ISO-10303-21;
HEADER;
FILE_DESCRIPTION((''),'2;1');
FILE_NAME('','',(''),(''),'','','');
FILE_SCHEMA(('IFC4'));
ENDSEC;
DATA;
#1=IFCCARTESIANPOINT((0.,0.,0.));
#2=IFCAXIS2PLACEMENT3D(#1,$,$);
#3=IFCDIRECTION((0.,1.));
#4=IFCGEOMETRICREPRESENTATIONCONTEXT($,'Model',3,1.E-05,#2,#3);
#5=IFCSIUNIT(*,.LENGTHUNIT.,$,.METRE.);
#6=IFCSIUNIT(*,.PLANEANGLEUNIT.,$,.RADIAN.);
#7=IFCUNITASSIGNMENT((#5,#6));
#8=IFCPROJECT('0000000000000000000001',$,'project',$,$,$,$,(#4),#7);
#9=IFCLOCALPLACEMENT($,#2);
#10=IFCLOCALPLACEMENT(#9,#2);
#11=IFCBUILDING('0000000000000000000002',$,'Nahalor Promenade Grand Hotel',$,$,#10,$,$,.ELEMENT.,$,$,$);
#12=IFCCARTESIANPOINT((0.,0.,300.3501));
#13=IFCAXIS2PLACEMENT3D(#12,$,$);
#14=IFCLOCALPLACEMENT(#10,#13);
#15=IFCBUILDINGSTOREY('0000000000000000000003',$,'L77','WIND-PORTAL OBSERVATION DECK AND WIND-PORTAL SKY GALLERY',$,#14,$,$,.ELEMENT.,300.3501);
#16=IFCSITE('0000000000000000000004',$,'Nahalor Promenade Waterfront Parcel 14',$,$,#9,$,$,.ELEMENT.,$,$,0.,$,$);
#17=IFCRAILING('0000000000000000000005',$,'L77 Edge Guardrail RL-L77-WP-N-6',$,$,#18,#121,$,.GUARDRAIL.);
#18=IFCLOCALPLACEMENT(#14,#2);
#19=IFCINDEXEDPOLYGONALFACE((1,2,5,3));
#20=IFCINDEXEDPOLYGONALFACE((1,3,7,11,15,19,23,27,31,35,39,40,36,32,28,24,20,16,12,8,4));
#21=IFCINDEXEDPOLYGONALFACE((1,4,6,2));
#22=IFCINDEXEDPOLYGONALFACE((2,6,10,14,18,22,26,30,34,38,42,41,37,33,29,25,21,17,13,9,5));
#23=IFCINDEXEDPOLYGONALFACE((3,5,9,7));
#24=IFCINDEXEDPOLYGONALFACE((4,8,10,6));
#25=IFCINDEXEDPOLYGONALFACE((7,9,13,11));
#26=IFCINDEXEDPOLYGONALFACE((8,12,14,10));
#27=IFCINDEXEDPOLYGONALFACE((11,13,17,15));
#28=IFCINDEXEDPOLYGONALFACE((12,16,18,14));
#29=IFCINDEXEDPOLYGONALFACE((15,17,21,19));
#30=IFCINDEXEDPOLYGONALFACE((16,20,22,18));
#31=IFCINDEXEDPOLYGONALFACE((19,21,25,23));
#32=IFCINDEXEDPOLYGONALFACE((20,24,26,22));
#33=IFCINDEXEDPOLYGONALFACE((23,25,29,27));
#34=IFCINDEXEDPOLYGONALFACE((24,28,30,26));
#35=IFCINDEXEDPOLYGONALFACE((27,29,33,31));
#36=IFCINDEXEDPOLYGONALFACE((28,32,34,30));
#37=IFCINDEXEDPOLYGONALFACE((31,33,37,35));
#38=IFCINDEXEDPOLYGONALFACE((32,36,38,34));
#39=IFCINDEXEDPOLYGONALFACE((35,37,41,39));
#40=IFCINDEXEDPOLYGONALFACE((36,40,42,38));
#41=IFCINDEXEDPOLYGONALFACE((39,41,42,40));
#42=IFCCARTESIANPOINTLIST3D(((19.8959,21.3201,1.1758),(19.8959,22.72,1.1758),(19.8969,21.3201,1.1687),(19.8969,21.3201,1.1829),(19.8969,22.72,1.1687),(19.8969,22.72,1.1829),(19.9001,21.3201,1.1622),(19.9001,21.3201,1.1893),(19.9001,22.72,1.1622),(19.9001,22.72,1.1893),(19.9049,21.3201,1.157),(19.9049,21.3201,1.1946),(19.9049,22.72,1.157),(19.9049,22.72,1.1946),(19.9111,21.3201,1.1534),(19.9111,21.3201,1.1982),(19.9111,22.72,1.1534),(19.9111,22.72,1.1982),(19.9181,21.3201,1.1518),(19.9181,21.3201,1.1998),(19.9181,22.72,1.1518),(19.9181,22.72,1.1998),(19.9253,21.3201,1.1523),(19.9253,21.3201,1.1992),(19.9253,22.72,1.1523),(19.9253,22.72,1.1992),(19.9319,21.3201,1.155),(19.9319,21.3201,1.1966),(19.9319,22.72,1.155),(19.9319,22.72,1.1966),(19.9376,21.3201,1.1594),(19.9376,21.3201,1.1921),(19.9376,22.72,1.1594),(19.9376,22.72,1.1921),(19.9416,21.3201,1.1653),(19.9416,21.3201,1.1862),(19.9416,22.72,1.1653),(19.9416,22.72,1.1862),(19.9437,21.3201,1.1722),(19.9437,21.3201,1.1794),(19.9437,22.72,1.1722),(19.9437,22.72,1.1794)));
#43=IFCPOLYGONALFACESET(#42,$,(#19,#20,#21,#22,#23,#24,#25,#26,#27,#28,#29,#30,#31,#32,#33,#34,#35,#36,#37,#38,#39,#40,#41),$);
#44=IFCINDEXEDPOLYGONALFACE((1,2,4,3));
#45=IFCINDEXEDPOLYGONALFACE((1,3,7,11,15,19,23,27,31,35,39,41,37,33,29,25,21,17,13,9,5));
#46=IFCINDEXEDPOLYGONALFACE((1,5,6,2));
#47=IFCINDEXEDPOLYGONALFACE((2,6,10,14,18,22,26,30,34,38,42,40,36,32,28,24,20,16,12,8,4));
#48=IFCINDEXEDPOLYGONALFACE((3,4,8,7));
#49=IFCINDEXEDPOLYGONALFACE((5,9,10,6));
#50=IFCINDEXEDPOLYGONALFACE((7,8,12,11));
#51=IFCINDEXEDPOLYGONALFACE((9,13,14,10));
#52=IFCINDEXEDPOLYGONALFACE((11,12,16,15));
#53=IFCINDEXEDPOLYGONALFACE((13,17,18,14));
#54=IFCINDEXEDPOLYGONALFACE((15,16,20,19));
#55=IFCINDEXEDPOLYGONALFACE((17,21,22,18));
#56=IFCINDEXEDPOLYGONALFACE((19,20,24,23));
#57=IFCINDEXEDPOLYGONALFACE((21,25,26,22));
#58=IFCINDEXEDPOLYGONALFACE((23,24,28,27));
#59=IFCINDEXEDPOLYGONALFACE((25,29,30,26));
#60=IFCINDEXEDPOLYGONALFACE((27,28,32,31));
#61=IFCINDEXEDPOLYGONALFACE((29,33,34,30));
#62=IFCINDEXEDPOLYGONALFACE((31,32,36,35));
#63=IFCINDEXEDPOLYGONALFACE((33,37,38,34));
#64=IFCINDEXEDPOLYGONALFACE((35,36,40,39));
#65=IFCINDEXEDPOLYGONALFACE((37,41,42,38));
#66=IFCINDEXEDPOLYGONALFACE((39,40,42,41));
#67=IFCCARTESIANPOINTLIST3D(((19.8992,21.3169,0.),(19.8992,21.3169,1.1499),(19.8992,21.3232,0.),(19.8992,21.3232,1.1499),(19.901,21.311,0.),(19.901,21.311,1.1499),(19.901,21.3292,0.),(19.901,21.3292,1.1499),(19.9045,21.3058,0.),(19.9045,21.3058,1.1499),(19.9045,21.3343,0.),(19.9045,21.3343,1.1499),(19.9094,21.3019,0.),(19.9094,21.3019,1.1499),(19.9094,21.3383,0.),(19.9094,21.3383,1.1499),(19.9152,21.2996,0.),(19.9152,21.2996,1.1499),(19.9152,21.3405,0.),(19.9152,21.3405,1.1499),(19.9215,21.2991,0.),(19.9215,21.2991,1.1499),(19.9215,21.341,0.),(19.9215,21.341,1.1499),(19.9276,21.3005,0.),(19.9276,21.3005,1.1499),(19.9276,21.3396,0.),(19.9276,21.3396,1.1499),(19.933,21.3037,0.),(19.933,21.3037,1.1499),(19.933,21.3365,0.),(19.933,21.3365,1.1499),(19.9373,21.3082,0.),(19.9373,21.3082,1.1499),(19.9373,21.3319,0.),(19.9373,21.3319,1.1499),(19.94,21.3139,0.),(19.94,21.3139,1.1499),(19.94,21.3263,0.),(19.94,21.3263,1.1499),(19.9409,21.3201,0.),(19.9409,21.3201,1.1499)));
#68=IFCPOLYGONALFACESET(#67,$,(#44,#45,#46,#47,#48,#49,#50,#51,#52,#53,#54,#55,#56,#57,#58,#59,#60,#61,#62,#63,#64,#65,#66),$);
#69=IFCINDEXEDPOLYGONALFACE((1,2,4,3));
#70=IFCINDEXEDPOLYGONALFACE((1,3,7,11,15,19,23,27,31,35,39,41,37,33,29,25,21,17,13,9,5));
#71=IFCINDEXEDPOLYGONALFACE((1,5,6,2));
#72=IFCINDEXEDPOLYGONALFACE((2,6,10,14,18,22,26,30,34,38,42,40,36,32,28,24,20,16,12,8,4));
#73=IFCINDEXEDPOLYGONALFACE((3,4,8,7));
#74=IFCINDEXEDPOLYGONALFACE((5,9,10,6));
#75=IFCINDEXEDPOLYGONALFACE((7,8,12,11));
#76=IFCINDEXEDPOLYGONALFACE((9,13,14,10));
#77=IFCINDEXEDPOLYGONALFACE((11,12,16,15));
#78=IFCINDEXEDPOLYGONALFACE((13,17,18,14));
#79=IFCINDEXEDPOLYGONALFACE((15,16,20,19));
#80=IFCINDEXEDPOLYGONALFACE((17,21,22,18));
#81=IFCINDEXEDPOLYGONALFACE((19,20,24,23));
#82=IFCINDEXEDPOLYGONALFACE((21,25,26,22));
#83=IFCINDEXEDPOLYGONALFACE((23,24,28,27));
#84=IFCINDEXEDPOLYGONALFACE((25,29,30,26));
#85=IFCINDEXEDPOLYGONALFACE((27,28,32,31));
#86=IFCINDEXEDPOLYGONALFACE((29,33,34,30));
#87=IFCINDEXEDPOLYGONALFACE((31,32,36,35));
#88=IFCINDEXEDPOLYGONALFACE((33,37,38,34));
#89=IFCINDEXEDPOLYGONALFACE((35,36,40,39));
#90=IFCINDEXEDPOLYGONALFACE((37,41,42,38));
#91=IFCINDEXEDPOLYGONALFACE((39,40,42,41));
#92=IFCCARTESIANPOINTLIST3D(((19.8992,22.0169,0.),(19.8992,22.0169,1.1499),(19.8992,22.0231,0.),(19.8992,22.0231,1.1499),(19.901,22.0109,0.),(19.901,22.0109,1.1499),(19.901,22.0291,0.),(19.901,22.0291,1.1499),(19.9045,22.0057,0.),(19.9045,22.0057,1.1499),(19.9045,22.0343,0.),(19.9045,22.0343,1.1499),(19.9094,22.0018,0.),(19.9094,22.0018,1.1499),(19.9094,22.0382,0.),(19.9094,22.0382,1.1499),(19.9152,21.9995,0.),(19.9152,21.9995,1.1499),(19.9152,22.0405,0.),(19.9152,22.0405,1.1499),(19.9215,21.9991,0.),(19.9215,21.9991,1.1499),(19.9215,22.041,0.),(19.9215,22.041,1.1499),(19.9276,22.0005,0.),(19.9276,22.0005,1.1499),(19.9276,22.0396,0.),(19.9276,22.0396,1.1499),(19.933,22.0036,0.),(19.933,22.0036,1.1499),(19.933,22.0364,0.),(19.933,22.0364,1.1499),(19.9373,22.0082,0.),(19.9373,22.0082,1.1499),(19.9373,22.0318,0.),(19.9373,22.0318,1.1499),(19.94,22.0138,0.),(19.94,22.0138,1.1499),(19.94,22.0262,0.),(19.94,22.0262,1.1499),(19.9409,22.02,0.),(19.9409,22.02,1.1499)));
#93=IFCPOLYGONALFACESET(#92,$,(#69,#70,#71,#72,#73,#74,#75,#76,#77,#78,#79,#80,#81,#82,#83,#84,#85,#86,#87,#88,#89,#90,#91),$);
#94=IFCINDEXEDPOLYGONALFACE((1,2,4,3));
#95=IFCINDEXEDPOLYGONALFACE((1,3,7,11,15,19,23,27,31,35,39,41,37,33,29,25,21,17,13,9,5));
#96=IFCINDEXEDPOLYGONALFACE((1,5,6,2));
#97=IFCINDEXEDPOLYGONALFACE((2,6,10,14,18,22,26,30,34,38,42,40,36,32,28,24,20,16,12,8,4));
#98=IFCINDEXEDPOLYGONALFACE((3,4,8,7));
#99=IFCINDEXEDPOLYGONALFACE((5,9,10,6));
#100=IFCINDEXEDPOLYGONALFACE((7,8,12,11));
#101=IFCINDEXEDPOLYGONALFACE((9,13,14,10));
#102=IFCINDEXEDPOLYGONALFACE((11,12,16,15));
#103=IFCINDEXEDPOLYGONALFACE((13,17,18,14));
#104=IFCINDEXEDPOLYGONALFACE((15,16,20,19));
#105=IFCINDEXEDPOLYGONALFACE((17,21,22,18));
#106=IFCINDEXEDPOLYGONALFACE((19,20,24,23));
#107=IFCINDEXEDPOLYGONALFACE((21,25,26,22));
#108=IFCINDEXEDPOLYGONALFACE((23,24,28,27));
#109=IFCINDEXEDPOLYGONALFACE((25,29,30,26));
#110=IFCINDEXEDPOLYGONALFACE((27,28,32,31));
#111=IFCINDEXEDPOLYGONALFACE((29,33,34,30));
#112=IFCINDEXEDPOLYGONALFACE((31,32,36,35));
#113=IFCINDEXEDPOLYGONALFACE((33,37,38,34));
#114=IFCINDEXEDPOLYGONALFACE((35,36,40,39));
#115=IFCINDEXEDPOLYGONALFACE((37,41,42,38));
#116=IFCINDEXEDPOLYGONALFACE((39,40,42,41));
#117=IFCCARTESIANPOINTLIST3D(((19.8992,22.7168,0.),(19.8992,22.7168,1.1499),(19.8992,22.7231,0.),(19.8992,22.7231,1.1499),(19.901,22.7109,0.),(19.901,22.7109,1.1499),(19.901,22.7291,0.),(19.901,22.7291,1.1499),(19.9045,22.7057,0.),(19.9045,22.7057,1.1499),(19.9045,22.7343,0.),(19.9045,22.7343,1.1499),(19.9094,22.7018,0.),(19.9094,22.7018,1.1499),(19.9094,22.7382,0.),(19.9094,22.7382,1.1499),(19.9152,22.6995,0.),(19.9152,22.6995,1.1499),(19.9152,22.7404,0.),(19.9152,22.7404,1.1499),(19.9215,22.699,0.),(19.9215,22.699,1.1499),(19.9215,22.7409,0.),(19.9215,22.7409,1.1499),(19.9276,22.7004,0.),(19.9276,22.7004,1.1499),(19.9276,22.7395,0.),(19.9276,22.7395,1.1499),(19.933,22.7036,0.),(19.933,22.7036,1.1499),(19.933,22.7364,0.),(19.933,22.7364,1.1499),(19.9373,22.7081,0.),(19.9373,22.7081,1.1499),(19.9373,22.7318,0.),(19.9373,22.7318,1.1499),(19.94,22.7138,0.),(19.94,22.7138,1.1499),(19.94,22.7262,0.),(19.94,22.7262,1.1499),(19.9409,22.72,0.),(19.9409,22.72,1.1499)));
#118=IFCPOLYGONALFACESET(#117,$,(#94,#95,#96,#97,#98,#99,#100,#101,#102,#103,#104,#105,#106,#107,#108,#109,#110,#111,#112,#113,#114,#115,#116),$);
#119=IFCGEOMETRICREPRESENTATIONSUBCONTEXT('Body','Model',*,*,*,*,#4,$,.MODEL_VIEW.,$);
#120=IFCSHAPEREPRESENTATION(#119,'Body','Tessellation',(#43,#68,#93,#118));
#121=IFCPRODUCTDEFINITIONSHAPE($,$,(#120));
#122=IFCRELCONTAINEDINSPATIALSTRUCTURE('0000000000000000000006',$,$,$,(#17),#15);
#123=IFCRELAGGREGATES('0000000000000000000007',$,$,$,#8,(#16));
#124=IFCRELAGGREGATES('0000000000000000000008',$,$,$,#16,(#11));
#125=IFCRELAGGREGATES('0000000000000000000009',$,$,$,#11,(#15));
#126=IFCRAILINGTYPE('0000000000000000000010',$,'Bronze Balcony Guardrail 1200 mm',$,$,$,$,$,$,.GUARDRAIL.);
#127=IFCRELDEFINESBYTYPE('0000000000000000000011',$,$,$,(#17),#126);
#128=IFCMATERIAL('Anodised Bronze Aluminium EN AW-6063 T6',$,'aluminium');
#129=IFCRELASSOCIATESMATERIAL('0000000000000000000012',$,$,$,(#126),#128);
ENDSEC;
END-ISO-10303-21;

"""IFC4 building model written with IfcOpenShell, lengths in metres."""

from ifc_helpers import new_model, si_unit, direction, frame, origin, origin_2d, place, context, subcontext, project, spatial, circle, extrude, material, type_object, element, save


model = new_model("IFC4")

# Units and contexts
model_context = context("Model", 3, precision=1e-05, world=origin(), true_north=direction((0.0, 1.0)))
body_context = subcontext(model_context, "Body", "Model", "MODEL_VIEW")
ifc_project = project(units=[si_unit("LENGTHUNIT", "METRE"), si_unit("PLANEANGLEUNIT", "RADIAN")], contexts=[model_context])

# Site, building, storey
site_placement = place(None, origin())
site = spatial("IfcSite", under=ifc_project, at=site_placement, Name="Nahalor Promenade Waterfront Parcel 14", CompositionType="ELEMENT", RefElevation=0.0)
building_placement = place(site_placement, origin())
building = spatial("IfcBuilding", under=site, at=building_placement, Name="Nahalor Promenade Grand Hotel", CompositionType="ELEMENT")
storey_placement = place(building_placement, frame((0.0, 0.0, 300.3501)))
storey = spatial("IfcBuildingStorey", under=building, at=storey_placement, Name="L77", Description="WIND-PORTAL OBSERVATION DECK AND WIND-PORTAL SKY GALLERY", CompositionType="ELEMENT", Elevation=300.3501)

# Railing
ifc_material_1 = material(Name="Anodised Bronze Aluminium EN AW-6063 T6", Category="aluminium")
railing_type = type_object("IfcRailingType", Name="Bronze Balcony Guardrail 1200 mm", PredefinedType="GUARDRAIL", material=ifc_material_1)
railing_1_placement = place(storey_placement, frame((19.9199, 21.3201, 0.0)))
element("IfcRailing", 1, at=railing_1_placement, inside=storey, type_object=railing_type, Name="L77 Edge Guardrail RL-L77-WP-N-6", PredefinedType="GUARDRAIL", context=body_context, shape_type="SweptSolid", body=[
    extrude(circle(Radius=0.024, at=origin_2d()), frame((0.0, 0.0, 1.1758), z_axis=(0.0, 1.0, 0.0), x_axis=(-1.0, 0.0, 0.0)), (0.0, 0.0, 1.0), 1.3999),
    extrude(circle(Radius=0.021, at=origin_2d()), origin(), (0.0, 0.0, 1.0), 1.1499),
    extrude(circle(Radius=0.021, at=origin_2d()), frame((0.0, 0.7, 0.0)), (0.0, 0.0, 1.0), 1.1499),
    extrude(circle(Radius=0.021, at=origin_2d()), frame((0.0, 1.3999, 0.0)), (0.0, 0.0, 1.0), 1.1499),
])

save(model, "model.ifc")
